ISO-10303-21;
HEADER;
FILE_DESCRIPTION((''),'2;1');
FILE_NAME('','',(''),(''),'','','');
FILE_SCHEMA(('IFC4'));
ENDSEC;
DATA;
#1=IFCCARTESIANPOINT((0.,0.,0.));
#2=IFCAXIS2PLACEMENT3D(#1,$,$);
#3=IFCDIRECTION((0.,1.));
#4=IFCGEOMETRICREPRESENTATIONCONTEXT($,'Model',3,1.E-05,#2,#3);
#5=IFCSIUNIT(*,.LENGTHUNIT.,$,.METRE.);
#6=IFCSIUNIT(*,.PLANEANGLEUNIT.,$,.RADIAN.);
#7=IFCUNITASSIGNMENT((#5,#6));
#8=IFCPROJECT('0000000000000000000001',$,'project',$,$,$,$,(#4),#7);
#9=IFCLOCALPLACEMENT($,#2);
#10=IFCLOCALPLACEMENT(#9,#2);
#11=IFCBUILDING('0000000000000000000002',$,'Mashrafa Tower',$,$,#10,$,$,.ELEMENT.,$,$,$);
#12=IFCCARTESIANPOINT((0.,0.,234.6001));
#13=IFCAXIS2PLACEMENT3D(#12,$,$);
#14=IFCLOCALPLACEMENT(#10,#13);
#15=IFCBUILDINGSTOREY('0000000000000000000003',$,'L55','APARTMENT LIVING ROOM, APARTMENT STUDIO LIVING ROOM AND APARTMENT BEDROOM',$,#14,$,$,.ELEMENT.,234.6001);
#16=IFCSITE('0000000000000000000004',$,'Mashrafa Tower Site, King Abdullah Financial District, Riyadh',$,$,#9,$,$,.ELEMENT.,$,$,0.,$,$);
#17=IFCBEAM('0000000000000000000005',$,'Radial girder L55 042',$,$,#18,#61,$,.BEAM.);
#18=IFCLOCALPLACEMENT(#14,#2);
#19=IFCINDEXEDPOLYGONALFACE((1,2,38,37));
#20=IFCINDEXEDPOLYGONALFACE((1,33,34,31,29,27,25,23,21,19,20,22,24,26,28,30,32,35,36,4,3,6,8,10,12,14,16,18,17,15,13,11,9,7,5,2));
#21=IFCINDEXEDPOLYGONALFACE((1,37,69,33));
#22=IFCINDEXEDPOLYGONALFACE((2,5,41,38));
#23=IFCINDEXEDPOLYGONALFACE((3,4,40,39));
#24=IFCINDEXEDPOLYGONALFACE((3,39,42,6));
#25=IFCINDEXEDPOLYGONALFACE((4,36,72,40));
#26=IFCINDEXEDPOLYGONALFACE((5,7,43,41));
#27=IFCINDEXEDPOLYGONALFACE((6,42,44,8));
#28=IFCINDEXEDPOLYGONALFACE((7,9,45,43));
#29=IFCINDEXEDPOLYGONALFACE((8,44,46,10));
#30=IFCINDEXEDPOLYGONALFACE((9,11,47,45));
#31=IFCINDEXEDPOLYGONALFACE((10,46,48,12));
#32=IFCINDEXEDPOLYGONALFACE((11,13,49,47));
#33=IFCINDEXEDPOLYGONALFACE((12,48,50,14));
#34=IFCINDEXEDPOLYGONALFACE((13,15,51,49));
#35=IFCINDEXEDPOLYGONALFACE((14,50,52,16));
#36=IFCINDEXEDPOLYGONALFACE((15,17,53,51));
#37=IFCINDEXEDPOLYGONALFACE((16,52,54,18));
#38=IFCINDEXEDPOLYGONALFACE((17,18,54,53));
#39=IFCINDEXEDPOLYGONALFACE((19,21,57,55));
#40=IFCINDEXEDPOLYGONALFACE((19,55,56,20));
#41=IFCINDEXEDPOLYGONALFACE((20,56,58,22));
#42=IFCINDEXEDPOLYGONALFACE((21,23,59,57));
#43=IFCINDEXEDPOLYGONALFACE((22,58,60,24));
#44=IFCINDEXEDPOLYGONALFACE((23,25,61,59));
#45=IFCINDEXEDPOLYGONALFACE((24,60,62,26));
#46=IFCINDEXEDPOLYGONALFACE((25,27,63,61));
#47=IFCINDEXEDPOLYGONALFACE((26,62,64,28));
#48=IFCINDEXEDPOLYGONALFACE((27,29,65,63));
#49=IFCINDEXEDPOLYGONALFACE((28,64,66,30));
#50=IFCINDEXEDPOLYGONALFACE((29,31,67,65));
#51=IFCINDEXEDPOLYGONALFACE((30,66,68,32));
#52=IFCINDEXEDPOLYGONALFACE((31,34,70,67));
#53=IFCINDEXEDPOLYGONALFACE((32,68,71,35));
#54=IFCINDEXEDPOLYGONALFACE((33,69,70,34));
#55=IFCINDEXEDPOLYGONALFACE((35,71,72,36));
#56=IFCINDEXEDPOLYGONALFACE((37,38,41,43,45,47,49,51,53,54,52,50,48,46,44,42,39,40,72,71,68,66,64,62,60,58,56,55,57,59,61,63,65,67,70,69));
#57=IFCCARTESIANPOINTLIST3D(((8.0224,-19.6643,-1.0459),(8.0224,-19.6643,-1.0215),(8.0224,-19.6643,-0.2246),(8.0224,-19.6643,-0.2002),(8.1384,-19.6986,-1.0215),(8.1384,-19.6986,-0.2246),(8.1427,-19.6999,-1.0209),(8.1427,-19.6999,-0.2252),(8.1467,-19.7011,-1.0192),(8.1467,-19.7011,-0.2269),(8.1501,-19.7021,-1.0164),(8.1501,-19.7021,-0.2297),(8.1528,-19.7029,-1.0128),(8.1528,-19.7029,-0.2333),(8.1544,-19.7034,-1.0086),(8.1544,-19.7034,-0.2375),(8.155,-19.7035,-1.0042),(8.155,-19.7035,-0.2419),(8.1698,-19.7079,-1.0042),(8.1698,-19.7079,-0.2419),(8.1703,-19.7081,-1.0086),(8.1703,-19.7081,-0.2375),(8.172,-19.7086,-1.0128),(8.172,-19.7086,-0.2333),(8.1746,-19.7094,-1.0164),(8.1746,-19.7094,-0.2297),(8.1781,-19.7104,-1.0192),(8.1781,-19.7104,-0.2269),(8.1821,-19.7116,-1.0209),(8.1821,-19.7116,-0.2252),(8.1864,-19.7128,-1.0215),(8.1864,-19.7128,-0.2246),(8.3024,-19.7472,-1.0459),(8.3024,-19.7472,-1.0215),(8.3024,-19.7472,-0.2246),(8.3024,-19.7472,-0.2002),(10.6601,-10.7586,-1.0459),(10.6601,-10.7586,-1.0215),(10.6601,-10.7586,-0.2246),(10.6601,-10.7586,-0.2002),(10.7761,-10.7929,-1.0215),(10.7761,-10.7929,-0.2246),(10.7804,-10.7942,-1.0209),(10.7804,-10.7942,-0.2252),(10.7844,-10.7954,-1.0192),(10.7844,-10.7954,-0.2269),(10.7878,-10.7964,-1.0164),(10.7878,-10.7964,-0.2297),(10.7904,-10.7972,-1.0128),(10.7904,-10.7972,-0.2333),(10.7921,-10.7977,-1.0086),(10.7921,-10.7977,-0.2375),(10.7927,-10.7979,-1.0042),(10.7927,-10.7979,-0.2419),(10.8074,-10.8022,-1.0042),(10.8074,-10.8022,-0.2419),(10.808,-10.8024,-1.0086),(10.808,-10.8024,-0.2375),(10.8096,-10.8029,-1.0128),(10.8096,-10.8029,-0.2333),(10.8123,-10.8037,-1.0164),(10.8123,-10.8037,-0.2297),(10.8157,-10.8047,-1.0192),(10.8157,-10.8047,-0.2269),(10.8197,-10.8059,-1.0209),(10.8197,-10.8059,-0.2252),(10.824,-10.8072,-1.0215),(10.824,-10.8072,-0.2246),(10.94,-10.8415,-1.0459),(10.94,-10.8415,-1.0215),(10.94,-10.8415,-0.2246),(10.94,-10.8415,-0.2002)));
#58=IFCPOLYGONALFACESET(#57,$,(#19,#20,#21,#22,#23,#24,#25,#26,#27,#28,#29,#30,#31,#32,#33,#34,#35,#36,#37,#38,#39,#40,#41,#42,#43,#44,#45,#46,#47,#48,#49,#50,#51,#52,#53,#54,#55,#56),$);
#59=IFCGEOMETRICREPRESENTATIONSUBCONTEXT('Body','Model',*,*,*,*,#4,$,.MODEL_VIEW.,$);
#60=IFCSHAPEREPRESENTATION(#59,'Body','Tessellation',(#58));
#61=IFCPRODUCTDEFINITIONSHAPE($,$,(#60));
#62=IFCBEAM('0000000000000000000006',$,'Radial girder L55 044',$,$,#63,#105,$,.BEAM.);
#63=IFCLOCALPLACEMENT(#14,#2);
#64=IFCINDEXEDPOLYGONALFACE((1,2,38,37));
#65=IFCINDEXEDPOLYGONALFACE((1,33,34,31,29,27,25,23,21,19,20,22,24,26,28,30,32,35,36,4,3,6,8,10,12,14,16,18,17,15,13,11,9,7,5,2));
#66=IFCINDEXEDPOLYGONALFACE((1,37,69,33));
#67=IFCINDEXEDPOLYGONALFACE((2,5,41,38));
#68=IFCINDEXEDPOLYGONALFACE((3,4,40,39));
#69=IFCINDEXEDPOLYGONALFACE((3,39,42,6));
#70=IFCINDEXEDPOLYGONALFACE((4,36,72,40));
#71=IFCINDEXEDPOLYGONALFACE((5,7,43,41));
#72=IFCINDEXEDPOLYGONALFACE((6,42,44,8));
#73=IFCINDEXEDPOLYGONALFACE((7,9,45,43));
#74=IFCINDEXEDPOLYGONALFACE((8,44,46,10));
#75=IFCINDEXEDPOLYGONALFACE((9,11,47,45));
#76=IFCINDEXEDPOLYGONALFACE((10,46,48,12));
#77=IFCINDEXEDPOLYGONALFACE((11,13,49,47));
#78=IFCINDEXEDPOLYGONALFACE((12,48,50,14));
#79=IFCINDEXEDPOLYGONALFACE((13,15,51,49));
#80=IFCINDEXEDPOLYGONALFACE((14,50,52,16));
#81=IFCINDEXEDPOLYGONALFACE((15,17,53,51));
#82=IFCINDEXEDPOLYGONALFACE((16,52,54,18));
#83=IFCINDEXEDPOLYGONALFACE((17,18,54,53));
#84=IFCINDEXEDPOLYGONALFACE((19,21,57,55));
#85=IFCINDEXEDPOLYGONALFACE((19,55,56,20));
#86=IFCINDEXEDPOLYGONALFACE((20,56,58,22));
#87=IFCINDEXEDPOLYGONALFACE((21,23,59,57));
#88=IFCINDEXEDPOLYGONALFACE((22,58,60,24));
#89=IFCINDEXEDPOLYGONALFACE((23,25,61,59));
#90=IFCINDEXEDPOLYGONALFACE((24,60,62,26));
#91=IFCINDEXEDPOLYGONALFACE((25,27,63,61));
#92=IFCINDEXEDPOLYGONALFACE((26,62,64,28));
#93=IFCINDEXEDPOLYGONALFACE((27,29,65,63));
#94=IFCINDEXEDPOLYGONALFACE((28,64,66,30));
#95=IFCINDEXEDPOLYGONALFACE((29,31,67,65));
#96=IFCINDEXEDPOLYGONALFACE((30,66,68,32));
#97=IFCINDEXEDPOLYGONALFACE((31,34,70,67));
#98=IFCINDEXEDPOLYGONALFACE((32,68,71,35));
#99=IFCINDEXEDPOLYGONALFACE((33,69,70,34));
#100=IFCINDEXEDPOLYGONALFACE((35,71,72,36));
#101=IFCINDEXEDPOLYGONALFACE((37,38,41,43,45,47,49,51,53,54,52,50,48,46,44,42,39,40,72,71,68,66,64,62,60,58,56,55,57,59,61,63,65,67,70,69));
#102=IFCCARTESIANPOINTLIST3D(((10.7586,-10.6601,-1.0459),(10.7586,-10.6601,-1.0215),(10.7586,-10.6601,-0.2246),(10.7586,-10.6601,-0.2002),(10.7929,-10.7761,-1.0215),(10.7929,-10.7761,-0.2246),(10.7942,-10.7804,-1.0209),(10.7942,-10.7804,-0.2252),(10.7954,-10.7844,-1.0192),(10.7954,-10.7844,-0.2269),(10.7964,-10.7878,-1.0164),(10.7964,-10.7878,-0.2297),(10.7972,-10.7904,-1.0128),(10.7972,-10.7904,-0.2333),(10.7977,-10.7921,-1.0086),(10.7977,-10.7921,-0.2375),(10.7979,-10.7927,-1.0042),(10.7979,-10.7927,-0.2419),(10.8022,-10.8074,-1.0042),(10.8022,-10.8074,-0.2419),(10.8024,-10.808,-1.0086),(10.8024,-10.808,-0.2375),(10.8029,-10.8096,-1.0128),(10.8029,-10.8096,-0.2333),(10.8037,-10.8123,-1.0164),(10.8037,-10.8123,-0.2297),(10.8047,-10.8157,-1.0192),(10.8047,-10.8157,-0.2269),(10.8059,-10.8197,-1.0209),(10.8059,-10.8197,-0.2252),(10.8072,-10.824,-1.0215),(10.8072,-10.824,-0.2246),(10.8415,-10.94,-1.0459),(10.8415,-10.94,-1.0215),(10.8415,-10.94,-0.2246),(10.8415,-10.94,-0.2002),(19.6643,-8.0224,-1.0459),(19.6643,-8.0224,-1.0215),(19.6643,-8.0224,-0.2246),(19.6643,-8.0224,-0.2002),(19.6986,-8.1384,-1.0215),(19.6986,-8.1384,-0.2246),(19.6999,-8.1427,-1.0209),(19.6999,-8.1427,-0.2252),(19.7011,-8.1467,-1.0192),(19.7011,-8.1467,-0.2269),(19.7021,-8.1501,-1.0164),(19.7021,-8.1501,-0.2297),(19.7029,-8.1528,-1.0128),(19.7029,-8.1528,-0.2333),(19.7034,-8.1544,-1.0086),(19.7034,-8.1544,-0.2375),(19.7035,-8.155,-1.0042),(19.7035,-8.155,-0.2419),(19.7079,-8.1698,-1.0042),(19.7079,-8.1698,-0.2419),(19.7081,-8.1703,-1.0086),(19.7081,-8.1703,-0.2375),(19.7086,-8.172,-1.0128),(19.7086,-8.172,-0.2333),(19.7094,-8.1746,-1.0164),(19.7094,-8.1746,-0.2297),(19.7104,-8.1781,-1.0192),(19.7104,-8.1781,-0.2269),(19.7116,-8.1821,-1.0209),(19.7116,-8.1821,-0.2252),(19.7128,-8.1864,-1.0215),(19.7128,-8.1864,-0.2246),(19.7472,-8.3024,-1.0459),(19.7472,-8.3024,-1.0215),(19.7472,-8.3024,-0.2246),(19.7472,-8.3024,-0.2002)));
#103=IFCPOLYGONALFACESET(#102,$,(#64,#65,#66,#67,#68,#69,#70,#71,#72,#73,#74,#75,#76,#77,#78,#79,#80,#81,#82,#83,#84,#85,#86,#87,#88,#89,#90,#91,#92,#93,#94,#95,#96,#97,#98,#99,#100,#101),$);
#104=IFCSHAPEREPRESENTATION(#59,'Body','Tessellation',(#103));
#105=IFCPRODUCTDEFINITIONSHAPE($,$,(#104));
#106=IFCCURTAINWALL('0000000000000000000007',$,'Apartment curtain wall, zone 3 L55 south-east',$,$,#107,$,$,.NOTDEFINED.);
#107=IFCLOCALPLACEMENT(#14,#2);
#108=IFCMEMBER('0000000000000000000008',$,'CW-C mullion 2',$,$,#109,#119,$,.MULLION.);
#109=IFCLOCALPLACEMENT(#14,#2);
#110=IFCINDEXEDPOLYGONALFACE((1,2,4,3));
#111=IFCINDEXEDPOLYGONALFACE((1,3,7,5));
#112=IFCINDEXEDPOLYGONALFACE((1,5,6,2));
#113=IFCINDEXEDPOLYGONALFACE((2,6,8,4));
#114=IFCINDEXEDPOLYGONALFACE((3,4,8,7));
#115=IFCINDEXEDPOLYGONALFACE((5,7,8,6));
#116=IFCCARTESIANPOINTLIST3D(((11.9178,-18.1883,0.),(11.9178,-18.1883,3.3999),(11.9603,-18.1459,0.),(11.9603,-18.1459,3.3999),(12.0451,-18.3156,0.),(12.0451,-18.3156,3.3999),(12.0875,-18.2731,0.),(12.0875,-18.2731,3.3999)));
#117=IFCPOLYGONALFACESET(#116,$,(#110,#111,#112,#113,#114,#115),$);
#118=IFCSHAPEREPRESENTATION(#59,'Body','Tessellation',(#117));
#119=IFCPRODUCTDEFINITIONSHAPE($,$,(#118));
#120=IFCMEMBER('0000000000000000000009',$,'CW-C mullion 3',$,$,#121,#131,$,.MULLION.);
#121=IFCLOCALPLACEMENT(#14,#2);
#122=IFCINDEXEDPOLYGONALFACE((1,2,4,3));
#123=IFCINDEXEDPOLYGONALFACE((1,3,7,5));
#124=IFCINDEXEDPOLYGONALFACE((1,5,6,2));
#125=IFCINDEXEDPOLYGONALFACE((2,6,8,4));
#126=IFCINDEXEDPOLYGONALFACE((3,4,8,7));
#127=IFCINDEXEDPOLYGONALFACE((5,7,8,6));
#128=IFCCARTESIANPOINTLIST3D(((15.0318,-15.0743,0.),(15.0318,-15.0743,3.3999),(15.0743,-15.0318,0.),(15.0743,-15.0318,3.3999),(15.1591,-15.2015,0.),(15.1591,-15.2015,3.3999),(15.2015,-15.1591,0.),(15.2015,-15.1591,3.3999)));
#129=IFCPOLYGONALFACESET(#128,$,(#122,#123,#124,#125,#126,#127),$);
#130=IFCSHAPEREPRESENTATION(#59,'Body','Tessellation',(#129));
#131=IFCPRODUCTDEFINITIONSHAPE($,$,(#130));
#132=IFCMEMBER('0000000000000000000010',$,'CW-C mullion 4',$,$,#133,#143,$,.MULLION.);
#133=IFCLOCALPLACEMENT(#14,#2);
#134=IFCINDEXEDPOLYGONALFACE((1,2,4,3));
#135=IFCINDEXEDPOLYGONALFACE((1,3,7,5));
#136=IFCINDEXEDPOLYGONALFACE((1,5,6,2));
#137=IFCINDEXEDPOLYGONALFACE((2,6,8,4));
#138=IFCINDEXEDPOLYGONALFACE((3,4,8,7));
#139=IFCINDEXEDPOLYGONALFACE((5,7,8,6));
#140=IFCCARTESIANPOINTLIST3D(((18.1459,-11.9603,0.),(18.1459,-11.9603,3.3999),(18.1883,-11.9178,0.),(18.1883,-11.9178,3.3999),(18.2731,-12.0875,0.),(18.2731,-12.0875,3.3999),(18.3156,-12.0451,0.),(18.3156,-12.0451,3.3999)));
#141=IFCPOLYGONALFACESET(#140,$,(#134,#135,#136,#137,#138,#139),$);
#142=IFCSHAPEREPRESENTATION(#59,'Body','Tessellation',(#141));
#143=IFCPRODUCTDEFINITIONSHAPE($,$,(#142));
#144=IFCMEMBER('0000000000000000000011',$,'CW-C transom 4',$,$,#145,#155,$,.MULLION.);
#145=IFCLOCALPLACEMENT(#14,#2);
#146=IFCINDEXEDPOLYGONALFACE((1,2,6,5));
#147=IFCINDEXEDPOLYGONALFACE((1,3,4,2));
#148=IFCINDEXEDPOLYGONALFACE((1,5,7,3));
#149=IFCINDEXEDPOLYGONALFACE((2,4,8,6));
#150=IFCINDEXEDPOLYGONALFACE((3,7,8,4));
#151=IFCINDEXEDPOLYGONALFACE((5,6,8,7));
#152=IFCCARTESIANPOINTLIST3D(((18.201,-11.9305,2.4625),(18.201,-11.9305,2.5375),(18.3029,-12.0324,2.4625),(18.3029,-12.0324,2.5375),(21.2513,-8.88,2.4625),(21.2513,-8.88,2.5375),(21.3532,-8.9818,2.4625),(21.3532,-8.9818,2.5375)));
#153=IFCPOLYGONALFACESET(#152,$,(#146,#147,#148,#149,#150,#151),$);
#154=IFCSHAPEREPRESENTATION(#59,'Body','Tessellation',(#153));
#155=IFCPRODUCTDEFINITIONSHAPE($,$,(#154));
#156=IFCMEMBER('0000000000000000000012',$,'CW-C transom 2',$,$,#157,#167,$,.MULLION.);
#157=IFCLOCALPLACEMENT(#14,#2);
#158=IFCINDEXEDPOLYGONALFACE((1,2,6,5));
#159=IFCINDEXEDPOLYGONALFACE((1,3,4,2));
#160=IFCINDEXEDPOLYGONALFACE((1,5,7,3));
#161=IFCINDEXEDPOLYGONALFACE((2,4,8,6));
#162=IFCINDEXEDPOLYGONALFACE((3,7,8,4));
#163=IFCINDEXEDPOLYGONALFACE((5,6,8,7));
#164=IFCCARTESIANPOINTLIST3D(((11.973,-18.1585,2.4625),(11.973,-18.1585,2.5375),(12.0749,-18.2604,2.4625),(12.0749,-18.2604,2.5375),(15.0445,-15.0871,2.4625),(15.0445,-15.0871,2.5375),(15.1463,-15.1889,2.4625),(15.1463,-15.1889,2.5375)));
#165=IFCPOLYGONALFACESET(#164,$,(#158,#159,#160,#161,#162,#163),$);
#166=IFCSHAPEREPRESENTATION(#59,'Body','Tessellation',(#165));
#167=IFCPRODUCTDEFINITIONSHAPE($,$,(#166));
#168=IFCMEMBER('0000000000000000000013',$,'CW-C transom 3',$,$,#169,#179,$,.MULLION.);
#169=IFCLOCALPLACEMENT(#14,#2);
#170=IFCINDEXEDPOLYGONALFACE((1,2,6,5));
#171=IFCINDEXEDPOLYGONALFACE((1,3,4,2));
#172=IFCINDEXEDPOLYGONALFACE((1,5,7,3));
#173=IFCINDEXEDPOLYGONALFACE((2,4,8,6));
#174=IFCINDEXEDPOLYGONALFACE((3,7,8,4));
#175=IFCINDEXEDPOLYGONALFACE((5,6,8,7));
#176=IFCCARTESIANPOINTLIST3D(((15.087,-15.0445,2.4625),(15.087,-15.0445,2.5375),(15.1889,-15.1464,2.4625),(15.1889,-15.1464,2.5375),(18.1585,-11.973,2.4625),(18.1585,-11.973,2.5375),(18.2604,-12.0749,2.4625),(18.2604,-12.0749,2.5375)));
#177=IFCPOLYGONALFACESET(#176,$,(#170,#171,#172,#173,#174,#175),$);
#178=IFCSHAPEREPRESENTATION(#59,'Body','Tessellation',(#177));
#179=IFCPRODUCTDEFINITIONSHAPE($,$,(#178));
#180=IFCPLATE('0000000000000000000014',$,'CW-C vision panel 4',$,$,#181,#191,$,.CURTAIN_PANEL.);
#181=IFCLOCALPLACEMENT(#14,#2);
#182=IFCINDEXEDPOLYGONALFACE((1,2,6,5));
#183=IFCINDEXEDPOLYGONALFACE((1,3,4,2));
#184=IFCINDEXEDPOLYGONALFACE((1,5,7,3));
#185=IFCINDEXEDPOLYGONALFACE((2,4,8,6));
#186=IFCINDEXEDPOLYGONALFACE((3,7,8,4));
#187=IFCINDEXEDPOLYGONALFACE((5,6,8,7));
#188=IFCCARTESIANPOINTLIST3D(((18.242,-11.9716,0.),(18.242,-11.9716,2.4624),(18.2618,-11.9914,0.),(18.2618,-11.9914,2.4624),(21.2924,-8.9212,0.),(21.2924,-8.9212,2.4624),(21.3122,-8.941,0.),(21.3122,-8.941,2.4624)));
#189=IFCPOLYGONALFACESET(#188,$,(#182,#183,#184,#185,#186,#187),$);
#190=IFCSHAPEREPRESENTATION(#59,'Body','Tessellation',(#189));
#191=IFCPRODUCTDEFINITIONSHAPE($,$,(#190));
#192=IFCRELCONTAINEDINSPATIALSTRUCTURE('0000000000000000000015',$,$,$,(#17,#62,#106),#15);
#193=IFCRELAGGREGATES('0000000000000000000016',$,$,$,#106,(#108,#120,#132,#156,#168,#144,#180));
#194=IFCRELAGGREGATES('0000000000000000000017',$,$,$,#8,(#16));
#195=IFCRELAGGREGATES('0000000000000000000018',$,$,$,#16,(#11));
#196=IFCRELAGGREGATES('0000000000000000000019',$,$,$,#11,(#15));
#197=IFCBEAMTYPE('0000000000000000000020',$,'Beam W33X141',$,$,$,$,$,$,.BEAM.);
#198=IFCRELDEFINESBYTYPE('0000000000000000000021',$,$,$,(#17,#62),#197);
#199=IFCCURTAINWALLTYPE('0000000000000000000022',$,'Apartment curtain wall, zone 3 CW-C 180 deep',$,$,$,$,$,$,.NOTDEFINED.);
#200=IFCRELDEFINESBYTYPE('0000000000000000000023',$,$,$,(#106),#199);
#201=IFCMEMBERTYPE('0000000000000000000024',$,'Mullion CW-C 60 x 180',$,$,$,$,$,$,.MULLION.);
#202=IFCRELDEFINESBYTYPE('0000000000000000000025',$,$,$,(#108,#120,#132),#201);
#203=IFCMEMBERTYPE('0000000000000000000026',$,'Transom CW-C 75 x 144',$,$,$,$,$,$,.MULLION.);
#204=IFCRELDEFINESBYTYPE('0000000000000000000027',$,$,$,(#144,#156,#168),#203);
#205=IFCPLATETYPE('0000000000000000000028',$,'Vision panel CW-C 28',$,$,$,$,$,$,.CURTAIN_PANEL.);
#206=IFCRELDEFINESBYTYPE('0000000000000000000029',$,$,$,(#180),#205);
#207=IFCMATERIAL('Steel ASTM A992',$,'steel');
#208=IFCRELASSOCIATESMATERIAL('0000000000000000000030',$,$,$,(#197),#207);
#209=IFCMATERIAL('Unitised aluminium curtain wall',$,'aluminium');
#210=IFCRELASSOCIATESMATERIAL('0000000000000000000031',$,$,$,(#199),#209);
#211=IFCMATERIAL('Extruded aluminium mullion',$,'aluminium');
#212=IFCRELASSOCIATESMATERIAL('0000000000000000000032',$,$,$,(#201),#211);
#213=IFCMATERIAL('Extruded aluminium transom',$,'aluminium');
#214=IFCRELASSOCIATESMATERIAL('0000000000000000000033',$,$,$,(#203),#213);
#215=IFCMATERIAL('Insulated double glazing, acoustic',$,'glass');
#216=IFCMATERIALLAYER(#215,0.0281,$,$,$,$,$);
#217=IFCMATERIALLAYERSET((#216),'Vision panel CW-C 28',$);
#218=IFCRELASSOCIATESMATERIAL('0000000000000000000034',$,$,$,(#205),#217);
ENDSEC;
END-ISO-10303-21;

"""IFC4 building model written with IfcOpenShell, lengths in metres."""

from ifc_helpers import new_model, si_unit, direction, frame, origin, origin_2d, place, context, subcontext, project, spatial, rectangle, i_section, extrude, source, transform, mapped, material, layer, layer_set, material_profile, profile_set, type_object, type_shapes, element, aggregate, save


model = new_model("IFC4")

# Units and contexts
model_context = context("Model", 3, precision=1e-05, world=origin(), true_north=direction((0.0, 1.0)))
body_context = subcontext(model_context, "Body", "Model", "MODEL_VIEW")
ifc_project = project(units=[si_unit("LENGTHUNIT", "METRE"), si_unit("PLANEANGLEUNIT", "RADIAN")], contexts=[model_context])

# Site, building, storey
site_placement = place(None, origin())
site = spatial("IfcSite", under=ifc_project, at=site_placement, Name="Mashrafa Tower Site, King Abdullah Financial District, Riyadh", CompositionType="ELEMENT", RefElevation=0.0)
building_placement = place(site_placement, origin())
building = spatial("IfcBuilding", under=site, at=building_placement, Name="Mashrafa Tower", CompositionType="ELEMENT")
storey_placement = place(building_placement, frame((0.0, 0.0, 234.6001)))
storey = spatial("IfcBuildingStorey", under=building, at=storey_placement, Name="L55", Description="APARTMENT LIVING ROOM, APARTMENT STUDIO LIVING ROOM AND APARTMENT BEDROOM", CompositionType="ELEMENT", Elevation=234.6001)

# Beams
ifc_material_1 = material(Name="Steel ASTM A992", Category="steel")
ifc_material_profile_1 = material_profile(ifc_material_1, i_section(OverallWidth=0.292, OverallDepth=0.8457, WebThickness=0.0154, FlangeThickness=0.0244, FilletRadius=0.0173, at=origin_2d()), Name="W33X141")
ifc_profile_set_1 = profile_set([ifc_material_profile_1], Name="Steel ASTM A992")
beam_type_1 = type_object("IfcBeamType", Name="Beam W33X141", PredefinedType="BEAM", material=ifc_profile_set_1)
for number, where, z_axis, x_axis, name in (
    (1, (10.8, -10.8, -0.623), (-0.283985, -0.958829, 0.0), (0.958829, -0.283985, 0.0), "Radial girder L55 042"),
    (2, (10.8, -10.8, -0.623), (0.958829, 0.283985, 0.0), (-0.283985, 0.958829, 0.0), "Radial girder L55 044"),
):
    element("IfcBeam", number, at=place(storey_placement, frame(where, z_axis=z_axis, x_axis=x_axis)), inside=storey, type_object=beam_type_1, Name=name, PredefinedType="BEAM", context=body_context, shape_type="SweptSolid", body=[
        extrude(i_section(OverallWidth=0.292, OverallDepth=0.8457, WebThickness=0.0154, FlangeThickness=0.0244, FilletRadius=0.0173, at=origin_2d()), origin(), (0.0, 0.0, 1.0), 9.2881),
    ])

# Curtain wall, members, plate
ifc_material_2 = material(Name="Unitised aluminium curtain wall", Category="aluminium")
curtain_wall_type = type_object("IfcCurtainWallType", Name="Apartment curtain wall, zone 3 CW-C 180 deep", PredefinedType="NOTDEFINED", material=ifc_material_2)
curtain_wall_placement = place(storey_placement, origin())
curtain_wall = element("IfcCurtainWall", 3, at=curtain_wall_placement, inside=storey, type_object=curtain_wall_type, Name="Apartment curtain wall, zone 3 L55 south-east", PredefinedType="NOTDEFINED")
ifc_material_3 = material(Name="Extruded aluminium mullion", Category="aluminium")
ifc_material_profile_2 = material_profile(ifc_material_3, rectangle(XDim=0.1799, YDim=0.0601, at=origin_2d()), Name="Mullion 60x180")
ifc_profile_set_2 = profile_set([ifc_material_profile_2], Name="Extruded aluminium mullion")
member_type_1 = type_object("IfcMemberType", Name="Mullion CW-C 60 x 180", PredefinedType="MULLION", material=ifc_profile_set_2)
shared_shape_1 = source(origin(), body_context, "Body", "SweptSolid", [
    extrude(rectangle(XDim=0.1799, YDim=0.0601, at=origin_2d()), origin(), (0.0, 0.0, 1.0), 3.3999),
])
type_shapes(member_type_1, [shared_shape_1])
member_1_placement = place(storey_placement, frame((12.0027, -18.2307, 0.0), z_axis=(0.0, 0.0, 1.0), x_axis=(-0.707107, 0.707107, 0.0)))
member_1 = element("IfcMember", 4, at=member_1_placement, type_object=member_type_1, Name="CW-C mullion 2", PredefinedType="MULLION", context=body_context, shape_type="MappedRepresentation", body=[
    mapped(shared_shape_1, transform((0.0, 0.0, 0.0))),
])
member_2_placement = place(storey_placement, frame((15.1167, -15.1167, 0.0), z_axis=(0.0, 0.0, 1.0), x_axis=(-0.707107, 0.707107, 0.0)))
member_2 = element("IfcMember", 5, at=member_2_placement, type_object=member_type_1, Name="CW-C mullion 3", PredefinedType="MULLION", context=body_context, shape_type="MappedRepresentation", body=[
    mapped(shared_shape_1, transform((0.0, 0.0, 0.0))),
])
member_3_placement = place(storey_placement, frame((18.2307, -12.0027, 0.0), z_axis=(0.0, 0.0, 1.0), x_axis=(-0.707107, 0.707107, 0.0)))
member_3 = element("IfcMember", 6, at=member_3_placement, type_object=member_type_1, Name="CW-C mullion 4", PredefinedType="MULLION", context=body_context, shape_type="MappedRepresentation", body=[
    mapped(shared_shape_1, transform((0.0, 0.0, 0.0))),
])
ifc_material_4 = material(Name="Extruded aluminium transom", Category="aluminium")
ifc_material_profile_3 = material_profile(ifc_material_4, rectangle(XDim=0.144, YDim=0.075, at=origin_2d()), Name="Transom 75x144")
ifc_profile_set_3 = profile_set([ifc_material_profile_3], Name="Extruded aluminium transom")
member_type_2 = type_object("IfcMemberType", Name="Transom CW-C 75 x 144", PredefinedType="MULLION", material=ifc_profile_set_3)
shared_shape_2 = source(origin(), body_context, "Body", "SweptSolid", [
    extrude(rectangle(XDim=0.144, YDim=0.075, at=origin_2d()), origin(), (0.0, 0.0, 1.0), 4.314),
])
member_4_placement = place(storey_placement, frame((18.252, -11.9814, 2.5), z_axis=(0.707078, 0.707135, 0.0), x_axis=(-0.707135, 0.707078, 0.0)))
member_4 = element("IfcMember", 7, at=member_4_placement, type_object=member_type_2, Name="CW-C transom 4", PredefinedType="MULLION", context=body_context, shape_type="MappedRepresentation", body=[
    mapped(shared_shape_2, transform((0.0, 0.0, 0.0))),
])
shared_shape_3 = source(origin(), body_context, "Body", "SweptSolid", [
    extrude(rectangle(XDim=0.144, YDim=0.075, at=origin_2d()), origin(), (0.0, 0.0, 1.0), 4.3438),
])
type_shapes(member_type_2, [shared_shape_2, shared_shape_3])
member_5_placement = place(storey_placement, frame((12.0239, -18.2095, 2.5), z_axis=(0.707107, 0.707107, 0.0), x_axis=(-0.707107, 0.707107, 0.0)))
member_5 = element("IfcMember", 8, at=member_5_placement, type_object=member_type_2, Name="CW-C transom 2", PredefinedType="MULLION", context=body_context, shape_type="MappedRepresentation", body=[
    mapped(shared_shape_3, transform((0.0, 0.0, 0.0))),
])
member_6_placement = place(storey_placement, frame((15.1379, -15.0955, 2.5), z_axis=(0.707107, 0.707107, 0.0), x_axis=(-0.707107, 0.707107, 0.0)))
member_6 = element("IfcMember", 9, at=member_6_placement, type_object=member_type_2, Name="CW-C transom 3", PredefinedType="MULLION", context=body_context, shape_type="MappedRepresentation", body=[
    mapped(shared_shape_3, transform((0.0, 0.0, 0.0))),
])
ifc_material_5 = material(Name="Insulated double glazing, acoustic", Category="glass")
ifc_layer_1 = layer(ifc_material_5, 0.0281)
ifc_layer_set_1 = layer_set([ifc_layer_1], Name="Vision panel CW-C 28")
plate_type_1 = type_object("IfcPlateType", Name="Vision panel CW-C 28", PredefinedType="CURTAIN_PANEL", material=ifc_layer_set_1)
shared_shape_4 = source(origin(), body_context, "Body", "SweptSolid", [
    extrude(rectangle(XDim=4.314, YDim=0.0281, at=origin_2d()), origin(), (0.0, 0.0, 1.0), 2.4624),
])
plate_1_placement = place(storey_placement, frame((19.7771, -10.4563, 0.0), z_axis=(0.0, 0.0, 1.0), x_axis=(0.707107, 0.707107, 0.0)))
plate_1 = element("IfcPlate", 10, at=plate_1_placement, type_object=plate_type_1, Name="CW-C vision panel 4", PredefinedType="CURTAIN_PANEL", context=body_context, shape_type="MappedRepresentation", body=[
    mapped(shared_shape_4, transform((0.0, 0.0, 0.0))),
])
aggregate(curtain_wall, [member_1, member_2, member_3, member_5, member_6, member_4, plate_1])

save(model, "model.ifc")
